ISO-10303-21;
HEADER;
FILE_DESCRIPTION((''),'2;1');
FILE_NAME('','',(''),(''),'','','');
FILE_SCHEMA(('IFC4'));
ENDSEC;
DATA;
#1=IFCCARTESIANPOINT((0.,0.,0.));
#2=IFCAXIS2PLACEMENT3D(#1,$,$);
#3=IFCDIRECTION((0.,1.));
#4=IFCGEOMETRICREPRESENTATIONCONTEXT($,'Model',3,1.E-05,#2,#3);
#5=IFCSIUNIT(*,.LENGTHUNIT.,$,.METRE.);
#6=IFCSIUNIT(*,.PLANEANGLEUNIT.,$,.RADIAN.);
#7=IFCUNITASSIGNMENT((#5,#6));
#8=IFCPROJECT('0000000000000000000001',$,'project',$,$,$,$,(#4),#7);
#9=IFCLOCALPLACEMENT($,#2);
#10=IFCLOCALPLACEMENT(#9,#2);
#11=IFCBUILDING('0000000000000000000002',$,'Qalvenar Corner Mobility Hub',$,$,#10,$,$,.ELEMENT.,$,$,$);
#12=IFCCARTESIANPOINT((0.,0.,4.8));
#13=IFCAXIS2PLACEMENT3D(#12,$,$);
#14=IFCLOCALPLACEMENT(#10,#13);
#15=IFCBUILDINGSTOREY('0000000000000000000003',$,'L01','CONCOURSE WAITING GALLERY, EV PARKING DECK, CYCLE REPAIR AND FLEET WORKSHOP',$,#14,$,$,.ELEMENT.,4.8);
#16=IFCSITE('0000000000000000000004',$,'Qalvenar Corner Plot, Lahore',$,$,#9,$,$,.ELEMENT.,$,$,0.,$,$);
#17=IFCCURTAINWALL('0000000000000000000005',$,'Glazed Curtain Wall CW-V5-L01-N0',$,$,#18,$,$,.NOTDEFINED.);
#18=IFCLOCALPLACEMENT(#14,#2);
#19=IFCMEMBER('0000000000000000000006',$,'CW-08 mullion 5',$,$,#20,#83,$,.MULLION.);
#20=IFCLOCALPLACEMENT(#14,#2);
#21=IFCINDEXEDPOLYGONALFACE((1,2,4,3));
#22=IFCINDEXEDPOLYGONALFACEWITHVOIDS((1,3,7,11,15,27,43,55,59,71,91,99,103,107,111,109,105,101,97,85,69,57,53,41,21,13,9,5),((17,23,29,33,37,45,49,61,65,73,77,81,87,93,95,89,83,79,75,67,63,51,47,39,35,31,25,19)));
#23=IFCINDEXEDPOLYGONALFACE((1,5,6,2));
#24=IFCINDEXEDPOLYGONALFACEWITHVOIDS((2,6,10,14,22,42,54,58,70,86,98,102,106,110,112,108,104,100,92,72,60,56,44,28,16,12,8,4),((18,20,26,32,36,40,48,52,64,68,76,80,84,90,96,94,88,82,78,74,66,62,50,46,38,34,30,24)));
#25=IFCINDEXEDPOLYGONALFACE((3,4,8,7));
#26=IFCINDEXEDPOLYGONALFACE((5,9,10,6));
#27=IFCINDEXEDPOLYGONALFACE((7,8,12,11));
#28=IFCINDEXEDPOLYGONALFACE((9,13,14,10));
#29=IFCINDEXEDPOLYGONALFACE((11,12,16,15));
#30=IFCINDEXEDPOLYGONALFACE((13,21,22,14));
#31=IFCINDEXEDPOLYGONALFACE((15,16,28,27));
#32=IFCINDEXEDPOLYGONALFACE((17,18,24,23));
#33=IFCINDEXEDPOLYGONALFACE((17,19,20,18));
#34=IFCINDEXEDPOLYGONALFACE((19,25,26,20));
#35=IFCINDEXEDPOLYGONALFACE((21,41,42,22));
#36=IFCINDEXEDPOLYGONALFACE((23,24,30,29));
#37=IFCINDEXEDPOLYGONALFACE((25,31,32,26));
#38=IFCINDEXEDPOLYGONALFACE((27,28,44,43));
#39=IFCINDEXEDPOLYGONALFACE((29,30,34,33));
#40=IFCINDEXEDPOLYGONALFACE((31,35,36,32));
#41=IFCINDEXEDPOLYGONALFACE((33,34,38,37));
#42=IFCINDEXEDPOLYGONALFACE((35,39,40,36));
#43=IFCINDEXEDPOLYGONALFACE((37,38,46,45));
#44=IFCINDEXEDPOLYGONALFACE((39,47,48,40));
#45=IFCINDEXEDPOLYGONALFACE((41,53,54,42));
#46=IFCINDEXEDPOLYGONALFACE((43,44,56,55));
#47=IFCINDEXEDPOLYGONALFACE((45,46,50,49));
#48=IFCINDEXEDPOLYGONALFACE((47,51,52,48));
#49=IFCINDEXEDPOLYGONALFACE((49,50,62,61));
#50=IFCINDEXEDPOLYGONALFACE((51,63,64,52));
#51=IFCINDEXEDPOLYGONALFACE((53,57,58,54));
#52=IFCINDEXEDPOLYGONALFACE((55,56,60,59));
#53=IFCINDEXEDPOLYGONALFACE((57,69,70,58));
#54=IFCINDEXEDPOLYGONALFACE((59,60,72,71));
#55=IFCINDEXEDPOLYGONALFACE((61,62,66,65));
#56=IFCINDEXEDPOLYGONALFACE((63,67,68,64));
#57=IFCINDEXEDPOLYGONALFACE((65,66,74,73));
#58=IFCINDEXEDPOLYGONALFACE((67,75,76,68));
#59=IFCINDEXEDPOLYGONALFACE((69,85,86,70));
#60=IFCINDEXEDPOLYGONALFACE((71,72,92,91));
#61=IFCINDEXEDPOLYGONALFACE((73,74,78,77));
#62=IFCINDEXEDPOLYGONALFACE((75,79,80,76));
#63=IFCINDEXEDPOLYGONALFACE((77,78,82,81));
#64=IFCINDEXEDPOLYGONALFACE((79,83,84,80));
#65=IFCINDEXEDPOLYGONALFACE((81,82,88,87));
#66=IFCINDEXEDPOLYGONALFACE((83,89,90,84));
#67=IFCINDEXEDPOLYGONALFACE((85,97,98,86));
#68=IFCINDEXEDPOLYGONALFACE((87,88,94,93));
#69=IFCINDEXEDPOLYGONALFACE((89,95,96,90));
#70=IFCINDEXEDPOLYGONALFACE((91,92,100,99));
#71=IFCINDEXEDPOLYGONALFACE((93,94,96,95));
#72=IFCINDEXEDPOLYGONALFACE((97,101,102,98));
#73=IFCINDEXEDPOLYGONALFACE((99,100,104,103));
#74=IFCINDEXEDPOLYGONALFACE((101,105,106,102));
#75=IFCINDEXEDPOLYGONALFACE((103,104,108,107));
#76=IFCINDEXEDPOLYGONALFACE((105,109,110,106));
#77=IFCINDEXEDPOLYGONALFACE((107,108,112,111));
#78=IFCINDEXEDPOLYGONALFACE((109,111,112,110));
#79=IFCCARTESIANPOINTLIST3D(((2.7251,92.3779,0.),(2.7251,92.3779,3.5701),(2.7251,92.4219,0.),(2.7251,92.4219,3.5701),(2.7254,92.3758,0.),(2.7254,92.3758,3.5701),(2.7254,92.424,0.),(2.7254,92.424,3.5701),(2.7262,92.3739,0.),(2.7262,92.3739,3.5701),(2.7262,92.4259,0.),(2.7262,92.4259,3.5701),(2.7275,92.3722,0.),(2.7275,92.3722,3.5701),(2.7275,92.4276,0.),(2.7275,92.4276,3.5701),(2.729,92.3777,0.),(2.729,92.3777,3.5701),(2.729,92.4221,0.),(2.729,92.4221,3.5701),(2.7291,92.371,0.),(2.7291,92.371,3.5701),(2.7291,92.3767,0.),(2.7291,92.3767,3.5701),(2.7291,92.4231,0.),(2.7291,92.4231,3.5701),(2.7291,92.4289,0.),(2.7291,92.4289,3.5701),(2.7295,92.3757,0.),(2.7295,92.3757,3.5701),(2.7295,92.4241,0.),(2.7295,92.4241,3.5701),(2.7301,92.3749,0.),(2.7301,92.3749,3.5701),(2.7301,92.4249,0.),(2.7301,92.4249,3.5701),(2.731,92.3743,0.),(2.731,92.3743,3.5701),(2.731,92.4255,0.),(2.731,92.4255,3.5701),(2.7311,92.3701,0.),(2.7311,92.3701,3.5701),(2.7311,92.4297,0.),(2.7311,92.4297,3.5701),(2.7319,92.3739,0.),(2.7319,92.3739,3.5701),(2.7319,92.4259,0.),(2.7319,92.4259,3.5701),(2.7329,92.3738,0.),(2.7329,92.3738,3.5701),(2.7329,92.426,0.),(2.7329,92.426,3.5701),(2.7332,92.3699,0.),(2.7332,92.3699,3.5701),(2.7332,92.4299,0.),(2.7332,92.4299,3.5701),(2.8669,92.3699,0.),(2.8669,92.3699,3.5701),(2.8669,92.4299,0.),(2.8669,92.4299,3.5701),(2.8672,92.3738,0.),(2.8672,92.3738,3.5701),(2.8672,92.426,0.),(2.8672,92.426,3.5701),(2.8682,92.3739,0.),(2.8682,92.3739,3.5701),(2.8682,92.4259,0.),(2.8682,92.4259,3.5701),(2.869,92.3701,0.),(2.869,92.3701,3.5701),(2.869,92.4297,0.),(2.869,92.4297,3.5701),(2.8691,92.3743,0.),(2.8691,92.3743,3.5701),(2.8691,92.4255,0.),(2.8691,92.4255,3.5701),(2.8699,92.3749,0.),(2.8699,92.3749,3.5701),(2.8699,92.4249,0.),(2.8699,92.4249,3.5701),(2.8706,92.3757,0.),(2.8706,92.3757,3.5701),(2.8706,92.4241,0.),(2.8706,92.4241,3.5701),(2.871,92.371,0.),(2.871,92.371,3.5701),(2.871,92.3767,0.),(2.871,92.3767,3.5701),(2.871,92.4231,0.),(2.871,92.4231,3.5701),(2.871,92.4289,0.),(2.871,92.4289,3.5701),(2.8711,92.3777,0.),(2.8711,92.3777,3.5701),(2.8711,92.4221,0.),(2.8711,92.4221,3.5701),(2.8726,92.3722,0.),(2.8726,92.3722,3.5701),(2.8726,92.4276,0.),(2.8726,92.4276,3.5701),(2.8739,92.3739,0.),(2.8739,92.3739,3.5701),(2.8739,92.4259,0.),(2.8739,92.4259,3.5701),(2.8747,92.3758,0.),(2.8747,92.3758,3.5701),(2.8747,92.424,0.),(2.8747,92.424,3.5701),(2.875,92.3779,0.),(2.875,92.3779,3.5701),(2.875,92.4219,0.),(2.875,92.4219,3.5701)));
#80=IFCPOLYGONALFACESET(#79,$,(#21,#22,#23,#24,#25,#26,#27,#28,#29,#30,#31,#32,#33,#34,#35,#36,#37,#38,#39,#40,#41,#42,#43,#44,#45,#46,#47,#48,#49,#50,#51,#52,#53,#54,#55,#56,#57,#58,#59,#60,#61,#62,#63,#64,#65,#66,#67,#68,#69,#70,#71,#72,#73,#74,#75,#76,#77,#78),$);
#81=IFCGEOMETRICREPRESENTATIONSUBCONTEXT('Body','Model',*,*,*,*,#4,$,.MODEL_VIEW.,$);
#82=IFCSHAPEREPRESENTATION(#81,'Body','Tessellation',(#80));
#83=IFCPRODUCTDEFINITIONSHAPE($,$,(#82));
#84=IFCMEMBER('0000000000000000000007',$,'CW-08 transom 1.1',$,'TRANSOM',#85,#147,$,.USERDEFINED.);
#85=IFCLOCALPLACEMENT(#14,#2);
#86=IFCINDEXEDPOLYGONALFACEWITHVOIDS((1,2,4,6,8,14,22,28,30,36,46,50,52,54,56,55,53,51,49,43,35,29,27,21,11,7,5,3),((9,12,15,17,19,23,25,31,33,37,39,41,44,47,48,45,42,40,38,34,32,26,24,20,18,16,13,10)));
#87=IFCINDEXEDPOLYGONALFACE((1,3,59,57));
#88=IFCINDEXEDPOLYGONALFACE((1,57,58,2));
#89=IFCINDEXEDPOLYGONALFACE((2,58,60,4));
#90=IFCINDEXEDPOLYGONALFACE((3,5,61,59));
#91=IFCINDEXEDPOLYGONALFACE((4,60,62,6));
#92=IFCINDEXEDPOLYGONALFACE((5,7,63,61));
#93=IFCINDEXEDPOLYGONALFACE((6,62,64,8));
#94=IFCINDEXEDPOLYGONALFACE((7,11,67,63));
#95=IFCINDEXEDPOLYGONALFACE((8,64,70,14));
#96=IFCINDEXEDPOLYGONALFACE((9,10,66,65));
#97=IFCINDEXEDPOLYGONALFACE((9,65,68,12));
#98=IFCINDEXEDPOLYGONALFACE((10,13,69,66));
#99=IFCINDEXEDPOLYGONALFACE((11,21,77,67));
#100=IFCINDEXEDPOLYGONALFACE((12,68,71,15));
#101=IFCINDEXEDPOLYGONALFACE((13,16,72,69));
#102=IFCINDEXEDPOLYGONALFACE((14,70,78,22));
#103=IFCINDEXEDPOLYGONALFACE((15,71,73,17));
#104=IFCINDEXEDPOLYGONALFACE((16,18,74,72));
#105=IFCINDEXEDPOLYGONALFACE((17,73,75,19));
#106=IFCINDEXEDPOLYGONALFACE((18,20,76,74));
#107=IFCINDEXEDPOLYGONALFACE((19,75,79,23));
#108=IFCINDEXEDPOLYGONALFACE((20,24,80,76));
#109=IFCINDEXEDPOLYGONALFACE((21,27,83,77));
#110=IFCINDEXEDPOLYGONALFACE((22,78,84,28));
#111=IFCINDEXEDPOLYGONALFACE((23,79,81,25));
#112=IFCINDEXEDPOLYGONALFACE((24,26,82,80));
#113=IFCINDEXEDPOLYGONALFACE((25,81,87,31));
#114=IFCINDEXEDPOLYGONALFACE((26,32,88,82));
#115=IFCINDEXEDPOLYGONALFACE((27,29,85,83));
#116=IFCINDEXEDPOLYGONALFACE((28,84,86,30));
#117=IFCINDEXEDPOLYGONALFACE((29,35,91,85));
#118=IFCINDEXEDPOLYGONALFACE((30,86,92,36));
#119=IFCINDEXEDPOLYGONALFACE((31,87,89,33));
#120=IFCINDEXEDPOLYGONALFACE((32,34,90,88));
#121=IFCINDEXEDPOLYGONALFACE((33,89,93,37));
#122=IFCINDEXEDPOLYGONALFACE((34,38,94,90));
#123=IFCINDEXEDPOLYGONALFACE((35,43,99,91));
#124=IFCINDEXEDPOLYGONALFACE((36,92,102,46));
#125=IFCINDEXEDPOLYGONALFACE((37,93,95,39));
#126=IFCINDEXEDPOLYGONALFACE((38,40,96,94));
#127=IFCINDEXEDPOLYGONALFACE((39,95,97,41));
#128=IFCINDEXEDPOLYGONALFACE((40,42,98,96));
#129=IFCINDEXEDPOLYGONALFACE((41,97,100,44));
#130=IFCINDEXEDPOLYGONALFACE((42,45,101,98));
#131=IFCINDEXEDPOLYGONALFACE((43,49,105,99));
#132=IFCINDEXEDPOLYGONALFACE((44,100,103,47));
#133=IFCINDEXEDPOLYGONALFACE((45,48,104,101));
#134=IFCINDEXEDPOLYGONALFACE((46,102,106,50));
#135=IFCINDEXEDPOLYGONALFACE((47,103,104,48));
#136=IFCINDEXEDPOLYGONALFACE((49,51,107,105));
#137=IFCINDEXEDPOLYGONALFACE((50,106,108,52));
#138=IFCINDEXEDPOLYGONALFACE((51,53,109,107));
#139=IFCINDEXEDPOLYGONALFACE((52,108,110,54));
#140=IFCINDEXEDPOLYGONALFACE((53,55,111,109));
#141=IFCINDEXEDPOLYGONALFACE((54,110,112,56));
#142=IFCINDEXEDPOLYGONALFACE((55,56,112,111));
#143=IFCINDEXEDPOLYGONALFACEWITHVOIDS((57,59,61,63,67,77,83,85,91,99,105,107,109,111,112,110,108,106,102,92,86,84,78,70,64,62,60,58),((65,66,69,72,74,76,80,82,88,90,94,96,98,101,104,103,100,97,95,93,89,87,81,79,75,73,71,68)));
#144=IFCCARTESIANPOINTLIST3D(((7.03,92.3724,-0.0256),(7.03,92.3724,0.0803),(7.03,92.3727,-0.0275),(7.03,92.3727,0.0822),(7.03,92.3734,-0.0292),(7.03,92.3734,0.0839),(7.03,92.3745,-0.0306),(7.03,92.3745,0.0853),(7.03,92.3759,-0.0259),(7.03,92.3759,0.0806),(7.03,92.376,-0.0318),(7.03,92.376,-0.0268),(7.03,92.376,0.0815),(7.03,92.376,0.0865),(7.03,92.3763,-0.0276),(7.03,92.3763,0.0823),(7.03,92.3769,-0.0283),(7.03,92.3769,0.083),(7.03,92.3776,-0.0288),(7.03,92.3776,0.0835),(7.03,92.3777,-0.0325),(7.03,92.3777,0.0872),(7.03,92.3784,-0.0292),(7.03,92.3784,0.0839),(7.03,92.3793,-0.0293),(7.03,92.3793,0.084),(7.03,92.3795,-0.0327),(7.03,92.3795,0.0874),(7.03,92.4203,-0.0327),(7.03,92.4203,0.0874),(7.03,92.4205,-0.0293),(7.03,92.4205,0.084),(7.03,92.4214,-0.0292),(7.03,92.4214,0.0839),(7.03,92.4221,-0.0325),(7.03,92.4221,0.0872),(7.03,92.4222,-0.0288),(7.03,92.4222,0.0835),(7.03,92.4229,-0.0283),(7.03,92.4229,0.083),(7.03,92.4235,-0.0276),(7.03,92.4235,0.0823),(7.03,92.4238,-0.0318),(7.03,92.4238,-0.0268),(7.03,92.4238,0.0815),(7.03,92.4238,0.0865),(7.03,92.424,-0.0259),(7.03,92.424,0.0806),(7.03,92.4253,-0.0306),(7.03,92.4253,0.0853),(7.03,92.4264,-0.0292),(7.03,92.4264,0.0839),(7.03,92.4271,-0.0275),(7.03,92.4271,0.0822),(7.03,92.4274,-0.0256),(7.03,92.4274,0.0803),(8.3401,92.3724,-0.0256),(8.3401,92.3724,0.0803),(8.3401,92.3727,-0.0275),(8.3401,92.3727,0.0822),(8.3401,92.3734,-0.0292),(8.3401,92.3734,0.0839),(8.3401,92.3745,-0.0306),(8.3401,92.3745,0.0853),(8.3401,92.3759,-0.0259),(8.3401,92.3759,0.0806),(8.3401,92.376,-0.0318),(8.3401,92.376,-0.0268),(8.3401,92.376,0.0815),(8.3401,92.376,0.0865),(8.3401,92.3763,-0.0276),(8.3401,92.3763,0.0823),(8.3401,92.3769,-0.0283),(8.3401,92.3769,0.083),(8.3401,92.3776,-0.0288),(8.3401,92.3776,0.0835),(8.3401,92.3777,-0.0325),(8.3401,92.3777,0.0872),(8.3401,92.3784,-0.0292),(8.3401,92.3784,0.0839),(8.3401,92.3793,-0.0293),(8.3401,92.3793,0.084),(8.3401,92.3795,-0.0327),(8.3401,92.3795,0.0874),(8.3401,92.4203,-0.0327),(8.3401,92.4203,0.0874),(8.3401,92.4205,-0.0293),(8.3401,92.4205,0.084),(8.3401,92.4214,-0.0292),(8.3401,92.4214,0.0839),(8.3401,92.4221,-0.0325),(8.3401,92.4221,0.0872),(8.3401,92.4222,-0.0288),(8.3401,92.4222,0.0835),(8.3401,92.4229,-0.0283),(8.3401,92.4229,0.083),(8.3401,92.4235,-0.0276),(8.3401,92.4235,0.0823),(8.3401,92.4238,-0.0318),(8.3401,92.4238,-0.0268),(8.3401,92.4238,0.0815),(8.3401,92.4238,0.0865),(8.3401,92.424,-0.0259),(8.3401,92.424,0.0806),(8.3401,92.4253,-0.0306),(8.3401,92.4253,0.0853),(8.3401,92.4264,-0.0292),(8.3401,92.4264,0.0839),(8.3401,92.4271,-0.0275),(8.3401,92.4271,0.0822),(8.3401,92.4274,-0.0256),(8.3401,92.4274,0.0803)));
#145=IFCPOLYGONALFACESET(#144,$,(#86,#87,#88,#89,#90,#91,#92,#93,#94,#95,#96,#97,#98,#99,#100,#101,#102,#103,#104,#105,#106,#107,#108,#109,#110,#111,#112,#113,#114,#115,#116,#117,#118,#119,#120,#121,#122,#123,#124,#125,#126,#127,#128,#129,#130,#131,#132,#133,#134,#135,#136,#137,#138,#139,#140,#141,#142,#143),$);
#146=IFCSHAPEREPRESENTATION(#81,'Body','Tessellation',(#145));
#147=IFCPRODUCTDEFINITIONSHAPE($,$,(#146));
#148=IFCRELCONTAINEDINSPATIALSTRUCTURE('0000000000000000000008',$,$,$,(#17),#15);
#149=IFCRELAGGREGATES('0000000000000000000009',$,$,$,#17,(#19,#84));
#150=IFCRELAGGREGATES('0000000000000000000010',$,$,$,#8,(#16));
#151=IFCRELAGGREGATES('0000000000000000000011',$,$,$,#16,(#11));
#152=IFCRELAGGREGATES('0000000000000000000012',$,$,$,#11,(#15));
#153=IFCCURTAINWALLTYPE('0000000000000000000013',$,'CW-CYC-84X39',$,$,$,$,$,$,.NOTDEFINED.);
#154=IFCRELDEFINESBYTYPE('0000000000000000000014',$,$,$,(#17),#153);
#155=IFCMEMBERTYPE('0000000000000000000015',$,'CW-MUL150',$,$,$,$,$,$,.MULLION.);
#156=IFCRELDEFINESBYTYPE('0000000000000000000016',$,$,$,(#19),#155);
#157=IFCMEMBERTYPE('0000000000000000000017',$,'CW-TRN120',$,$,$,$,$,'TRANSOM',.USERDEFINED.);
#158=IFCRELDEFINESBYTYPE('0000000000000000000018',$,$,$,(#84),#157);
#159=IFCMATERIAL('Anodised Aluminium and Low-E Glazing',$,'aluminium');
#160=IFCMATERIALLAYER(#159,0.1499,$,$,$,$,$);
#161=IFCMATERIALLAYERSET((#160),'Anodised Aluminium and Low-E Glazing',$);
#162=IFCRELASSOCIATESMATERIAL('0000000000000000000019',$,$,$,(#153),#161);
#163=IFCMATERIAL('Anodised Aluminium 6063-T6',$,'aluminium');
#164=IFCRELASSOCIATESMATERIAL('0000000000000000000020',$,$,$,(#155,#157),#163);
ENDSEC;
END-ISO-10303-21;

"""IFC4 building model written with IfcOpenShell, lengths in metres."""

from ifc_helpers import new_model, si_unit, direction, frame, origin, origin_2d, place, context, subcontext, project, spatial, hollow_rectangle, extrude, material, layer, layer_set, material_profile, profile_set, type_object, element, aggregate, save


model = new_model("IFC4")

# Units and contexts
model_context = context("Model", 3, precision=1e-05, world=origin(), true_north=direction((0.0, 1.0)))
body_context = subcontext(model_context, "Body", "Model", "MODEL_VIEW")
ifc_project = project(units=[si_unit("LENGTHUNIT", "METRE"), si_unit("PLANEANGLEUNIT", "RADIAN")], contexts=[model_context])

# Site, building, storey
site_placement = place(None, origin())
site = spatial("IfcSite", under=ifc_project, at=site_placement, Name="Qalvenar Corner Plot, Lahore", CompositionType="ELEMENT", RefElevation=0.0)
building_placement = place(site_placement, origin())
building = spatial("IfcBuilding", under=site, at=building_placement, Name="Qalvenar Corner Mobility Hub", CompositionType="ELEMENT")
storey_placement = place(building_placement, frame((0.0, 0.0, 4.8)))
storey = spatial("IfcBuildingStorey", under=building, at=storey_placement, Name="L01", Description="CONCOURSE WAITING GALLERY, EV PARKING DECK, CYCLE REPAIR AND FLEET WORKSHOP", CompositionType="ELEMENT", Elevation=4.8)

# Curtain wall, members
ifc_material_1 = material(Name="Anodised Aluminium and Low-E Glazing", Category="aluminium")
ifc_layer_1 = layer(ifc_material_1, 0.1499)
ifc_layer_set_1 = layer_set([ifc_layer_1], Name="Anodised Aluminium and Low-E Glazing")
curtain_wall_type = type_object("IfcCurtainWallType", Name="CW-CYC-84X39", PredefinedType="NOTDEFINED", material=ifc_layer_set_1)
curtain_wall_placement = place(storey_placement, origin())
curtain_wall = element("IfcCurtainWall", 1, at=curtain_wall_placement, inside=storey, type_object=curtain_wall_type, Name="Glazed Curtain Wall CW-V5-L01-N0", PredefinedType="NOTDEFINED")
ifc_material_2 = material(Name="Anodised Aluminium 6063-T6", Category="aluminium")
ifc_material_profile_1 = material_profile(ifc_material_2, hollow_rectangle(XDim=0.0601, YDim=0.1499, WallThickness=0.0039, InnerFilletRadius=0.0039, OuterFilletRadius=0.0081, at=origin_2d()), Name="RHS150x60x4")
ifc_profile_set_1 = profile_set([ifc_material_profile_1], Name="Anodised Aluminium 6063-T6")
member_type_1 = type_object("IfcMemberType", Name="CW-MUL150", PredefinedType="MULLION", material=ifc_profile_set_1)
member_1_placement = place(storey_placement, frame((2.8, 92.3999, 0.0), z_axis=(0.0, 0.0, 1.0), x_axis=(0.0, -1.0, 0.0)))
member_1 = element("IfcMember", 2, at=member_1_placement, type_object=member_type_1, Name="CW-08 mullion 5", PredefinedType="MULLION", context=body_context, shape_type="SweptSolid", body=[
    extrude(hollow_rectangle(XDim=0.0601, YDim=0.1499, WallThickness=0.0039, InnerFilletRadius=0.0039, OuterFilletRadius=0.0081, at=origin_2d()), origin(), (0.0, 0.0, 1.0), 3.5701),
])
ifc_material_profile_2 = material_profile(ifc_material_2, hollow_rectangle(XDim=0.0549, YDim=0.1201, WallThickness=0.0034, InnerFilletRadius=0.0034, OuterFilletRadius=0.0071, at=origin_2d()), Name="RHS120x55x3.5")
ifc_profile_set_2 = profile_set([ifc_material_profile_2], Name="Anodised Aluminium 6063-T6")
member_type_2 = type_object("IfcMemberType", Name="CW-TRN120", ElementType="TRANSOM", PredefinedType="USERDEFINED", material=ifc_profile_set_2)
member_2_placement = place(storey_placement, frame((8.3401, 92.3999, 0.0273), z_axis=(-1.0, 0.0, 0.0), x_axis=(0.0, -1.0, 0.0)))
member_2 = element("IfcMember", 3, at=member_2_placement, type_object=member_type_2, Name="CW-08 transom 1.1", ObjectType="TRANSOM", PredefinedType="USERDEFINED", context=body_context, shape_type="SweptSolid", body=[
    extrude(hollow_rectangle(XDim=0.0549, YDim=0.1201, WallThickness=0.0034, InnerFilletRadius=0.0034, OuterFilletRadius=0.0071, at=origin_2d()), origin(), (0.0, 0.0, 1.0), 1.3101),
])
aggregate(curtain_wall, [member_1, member_2])

save(model, "model.ifc")
